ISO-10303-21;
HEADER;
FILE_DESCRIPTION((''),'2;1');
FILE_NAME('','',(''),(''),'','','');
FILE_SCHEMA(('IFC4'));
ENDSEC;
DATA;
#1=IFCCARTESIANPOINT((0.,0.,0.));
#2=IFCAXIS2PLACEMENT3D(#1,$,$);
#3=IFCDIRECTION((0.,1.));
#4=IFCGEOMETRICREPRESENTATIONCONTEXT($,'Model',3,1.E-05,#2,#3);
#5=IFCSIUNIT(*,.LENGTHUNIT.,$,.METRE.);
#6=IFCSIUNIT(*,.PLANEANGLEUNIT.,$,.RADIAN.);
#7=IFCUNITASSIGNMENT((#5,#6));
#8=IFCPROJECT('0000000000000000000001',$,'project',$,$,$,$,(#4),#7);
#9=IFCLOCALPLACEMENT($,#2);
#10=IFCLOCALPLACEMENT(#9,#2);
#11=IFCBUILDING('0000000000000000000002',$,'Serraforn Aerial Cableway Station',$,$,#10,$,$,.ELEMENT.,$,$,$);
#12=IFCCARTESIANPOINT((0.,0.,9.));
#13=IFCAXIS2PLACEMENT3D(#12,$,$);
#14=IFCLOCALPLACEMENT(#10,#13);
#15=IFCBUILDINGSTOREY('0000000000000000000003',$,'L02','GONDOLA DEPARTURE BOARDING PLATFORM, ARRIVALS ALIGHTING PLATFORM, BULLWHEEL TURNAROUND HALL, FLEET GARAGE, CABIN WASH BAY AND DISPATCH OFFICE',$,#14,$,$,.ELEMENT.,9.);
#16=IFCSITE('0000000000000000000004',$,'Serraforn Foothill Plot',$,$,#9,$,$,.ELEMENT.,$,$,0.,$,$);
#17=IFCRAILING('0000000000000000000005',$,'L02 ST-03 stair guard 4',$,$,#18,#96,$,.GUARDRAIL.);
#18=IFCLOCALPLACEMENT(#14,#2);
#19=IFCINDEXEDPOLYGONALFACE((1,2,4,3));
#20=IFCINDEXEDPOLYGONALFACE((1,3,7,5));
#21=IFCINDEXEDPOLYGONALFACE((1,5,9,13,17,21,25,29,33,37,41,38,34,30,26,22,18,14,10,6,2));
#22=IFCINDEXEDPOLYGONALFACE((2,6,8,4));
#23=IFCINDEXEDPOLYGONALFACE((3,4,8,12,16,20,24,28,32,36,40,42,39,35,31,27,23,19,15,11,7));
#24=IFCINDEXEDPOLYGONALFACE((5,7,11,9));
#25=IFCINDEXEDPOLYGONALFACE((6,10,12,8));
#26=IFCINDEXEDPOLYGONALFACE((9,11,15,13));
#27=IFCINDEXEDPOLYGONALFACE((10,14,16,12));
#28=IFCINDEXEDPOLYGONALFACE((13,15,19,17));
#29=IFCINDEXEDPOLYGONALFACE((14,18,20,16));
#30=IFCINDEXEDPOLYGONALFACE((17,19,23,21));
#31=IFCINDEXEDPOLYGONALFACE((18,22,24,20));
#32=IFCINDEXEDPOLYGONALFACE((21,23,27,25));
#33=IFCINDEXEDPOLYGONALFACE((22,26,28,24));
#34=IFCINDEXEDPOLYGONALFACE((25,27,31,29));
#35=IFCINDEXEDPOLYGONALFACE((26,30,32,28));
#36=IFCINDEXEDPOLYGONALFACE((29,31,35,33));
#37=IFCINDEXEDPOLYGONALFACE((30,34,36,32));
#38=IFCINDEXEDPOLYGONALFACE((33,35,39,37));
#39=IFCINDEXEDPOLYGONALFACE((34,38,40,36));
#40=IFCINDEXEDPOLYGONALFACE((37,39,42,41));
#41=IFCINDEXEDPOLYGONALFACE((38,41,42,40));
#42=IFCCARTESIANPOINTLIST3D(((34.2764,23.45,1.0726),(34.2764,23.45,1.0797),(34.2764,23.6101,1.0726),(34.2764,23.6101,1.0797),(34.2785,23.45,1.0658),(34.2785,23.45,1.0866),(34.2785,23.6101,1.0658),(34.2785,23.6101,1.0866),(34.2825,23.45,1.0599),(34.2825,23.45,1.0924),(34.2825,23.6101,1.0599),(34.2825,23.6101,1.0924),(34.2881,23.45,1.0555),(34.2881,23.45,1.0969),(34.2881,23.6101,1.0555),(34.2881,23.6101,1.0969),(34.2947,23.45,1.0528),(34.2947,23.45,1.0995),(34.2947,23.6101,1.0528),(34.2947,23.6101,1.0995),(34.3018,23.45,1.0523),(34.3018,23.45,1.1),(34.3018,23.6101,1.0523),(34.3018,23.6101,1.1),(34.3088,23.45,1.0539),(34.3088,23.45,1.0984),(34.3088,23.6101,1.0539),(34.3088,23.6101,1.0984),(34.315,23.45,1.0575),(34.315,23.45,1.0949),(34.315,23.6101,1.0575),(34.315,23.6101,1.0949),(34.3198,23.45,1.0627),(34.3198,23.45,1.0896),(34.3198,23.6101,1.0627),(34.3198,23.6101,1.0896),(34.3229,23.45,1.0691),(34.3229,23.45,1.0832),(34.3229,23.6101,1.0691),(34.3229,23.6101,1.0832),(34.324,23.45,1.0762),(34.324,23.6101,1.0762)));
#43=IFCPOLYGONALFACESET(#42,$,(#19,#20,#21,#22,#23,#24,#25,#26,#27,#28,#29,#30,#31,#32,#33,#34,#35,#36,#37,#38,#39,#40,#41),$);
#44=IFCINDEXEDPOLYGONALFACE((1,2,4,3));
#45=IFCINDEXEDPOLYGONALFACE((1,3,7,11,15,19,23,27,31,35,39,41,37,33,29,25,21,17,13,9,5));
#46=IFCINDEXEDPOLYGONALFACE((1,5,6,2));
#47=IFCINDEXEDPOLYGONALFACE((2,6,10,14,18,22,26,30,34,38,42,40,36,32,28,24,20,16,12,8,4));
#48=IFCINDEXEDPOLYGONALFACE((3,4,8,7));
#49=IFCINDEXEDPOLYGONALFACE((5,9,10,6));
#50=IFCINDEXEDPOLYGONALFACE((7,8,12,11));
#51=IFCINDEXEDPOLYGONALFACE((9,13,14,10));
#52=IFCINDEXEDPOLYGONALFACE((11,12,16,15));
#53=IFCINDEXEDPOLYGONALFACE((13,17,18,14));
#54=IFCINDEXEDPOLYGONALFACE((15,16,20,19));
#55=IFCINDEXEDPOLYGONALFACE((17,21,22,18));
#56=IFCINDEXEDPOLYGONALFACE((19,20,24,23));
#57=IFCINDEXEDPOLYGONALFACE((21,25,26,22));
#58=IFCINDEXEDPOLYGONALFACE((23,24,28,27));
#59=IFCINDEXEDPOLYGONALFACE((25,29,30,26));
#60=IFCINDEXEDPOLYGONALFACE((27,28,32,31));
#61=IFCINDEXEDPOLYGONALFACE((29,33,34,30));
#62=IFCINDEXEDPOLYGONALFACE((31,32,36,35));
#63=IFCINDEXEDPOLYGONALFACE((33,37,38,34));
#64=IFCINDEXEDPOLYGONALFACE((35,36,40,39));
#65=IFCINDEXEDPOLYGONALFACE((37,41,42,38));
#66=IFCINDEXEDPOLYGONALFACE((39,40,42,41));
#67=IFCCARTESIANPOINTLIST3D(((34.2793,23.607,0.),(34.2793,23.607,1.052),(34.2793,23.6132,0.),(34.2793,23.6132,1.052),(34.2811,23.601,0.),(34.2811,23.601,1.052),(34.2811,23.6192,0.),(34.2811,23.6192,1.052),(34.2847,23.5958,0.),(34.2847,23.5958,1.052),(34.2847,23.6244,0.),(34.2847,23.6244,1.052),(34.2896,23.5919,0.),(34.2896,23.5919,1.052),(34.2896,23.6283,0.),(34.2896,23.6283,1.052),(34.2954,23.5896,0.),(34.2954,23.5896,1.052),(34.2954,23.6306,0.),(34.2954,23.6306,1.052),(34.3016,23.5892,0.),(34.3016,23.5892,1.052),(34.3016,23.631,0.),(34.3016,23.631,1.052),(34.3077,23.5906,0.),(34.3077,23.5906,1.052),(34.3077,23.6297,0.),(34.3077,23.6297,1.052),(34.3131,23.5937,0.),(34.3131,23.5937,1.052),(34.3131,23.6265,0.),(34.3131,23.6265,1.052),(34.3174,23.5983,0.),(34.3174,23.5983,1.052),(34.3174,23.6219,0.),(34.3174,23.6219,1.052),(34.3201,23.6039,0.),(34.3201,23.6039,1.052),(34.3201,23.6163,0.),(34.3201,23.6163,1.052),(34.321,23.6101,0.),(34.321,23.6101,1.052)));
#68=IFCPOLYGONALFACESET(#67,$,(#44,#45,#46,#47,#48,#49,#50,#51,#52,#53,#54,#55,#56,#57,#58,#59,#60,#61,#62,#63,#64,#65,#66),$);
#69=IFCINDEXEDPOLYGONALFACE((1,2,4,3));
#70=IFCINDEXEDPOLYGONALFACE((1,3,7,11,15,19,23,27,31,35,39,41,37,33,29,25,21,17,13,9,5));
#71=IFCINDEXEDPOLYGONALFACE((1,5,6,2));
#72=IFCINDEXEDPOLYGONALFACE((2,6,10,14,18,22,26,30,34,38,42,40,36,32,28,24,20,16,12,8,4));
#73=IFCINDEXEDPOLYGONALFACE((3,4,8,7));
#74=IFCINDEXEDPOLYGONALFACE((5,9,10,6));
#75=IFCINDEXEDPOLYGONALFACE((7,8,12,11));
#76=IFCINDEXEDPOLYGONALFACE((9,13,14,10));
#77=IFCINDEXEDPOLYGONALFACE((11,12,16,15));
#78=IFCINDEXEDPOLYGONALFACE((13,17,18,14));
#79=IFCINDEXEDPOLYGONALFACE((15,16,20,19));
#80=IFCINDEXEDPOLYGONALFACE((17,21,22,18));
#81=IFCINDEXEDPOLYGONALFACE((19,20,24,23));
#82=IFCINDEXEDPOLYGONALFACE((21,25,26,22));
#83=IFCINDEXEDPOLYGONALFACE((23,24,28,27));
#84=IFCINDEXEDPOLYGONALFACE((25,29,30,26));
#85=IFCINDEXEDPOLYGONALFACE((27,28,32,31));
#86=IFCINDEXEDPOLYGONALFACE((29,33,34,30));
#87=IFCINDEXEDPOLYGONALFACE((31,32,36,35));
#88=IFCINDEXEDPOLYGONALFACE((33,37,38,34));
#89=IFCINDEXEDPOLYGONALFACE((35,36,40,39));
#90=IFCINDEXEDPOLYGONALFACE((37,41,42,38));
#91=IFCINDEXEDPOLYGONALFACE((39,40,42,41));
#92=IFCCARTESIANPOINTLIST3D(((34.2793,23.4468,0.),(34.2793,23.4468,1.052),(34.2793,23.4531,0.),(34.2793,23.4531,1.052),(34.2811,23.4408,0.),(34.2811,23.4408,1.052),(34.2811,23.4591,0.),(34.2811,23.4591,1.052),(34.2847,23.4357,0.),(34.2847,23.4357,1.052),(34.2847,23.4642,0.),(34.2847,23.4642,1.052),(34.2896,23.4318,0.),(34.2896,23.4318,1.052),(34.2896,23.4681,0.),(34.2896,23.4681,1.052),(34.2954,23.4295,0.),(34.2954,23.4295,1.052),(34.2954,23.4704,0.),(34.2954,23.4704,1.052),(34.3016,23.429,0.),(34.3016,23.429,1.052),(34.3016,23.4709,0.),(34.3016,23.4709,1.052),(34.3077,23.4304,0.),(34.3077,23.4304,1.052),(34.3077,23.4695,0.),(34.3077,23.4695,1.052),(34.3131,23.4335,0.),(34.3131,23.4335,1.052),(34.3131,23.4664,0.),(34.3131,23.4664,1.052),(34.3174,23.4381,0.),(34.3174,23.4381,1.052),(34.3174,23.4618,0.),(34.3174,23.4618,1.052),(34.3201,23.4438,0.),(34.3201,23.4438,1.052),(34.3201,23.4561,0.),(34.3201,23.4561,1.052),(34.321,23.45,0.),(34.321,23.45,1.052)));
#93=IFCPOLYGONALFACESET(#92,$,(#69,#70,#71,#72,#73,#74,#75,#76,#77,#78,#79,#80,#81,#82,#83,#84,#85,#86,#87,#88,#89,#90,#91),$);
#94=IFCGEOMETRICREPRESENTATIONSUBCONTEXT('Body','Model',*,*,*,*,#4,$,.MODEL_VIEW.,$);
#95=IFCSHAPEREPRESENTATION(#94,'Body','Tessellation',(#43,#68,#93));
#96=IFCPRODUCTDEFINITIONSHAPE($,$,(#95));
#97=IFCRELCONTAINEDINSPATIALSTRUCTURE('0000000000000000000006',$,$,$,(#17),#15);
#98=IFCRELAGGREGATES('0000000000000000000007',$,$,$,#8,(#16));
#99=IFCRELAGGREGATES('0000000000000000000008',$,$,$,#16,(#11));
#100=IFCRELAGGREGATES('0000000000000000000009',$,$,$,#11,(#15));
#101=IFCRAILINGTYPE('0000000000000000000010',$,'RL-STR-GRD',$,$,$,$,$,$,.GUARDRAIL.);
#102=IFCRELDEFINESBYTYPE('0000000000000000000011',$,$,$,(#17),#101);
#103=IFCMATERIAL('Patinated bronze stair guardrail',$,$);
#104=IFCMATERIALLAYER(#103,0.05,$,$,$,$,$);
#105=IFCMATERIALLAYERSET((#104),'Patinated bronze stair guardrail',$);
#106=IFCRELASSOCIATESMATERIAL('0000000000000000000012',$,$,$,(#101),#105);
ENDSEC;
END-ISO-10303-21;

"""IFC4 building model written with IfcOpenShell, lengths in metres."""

from ifc_helpers import new_model, si_unit, direction, frame, origin, origin_2d, place, context, subcontext, project, spatial, circle, extrude, material, layer, layer_set, type_object, element, save


model = new_model("IFC4")

# Units and contexts
model_context = context("Model", 3, precision=1e-05, world=origin(), true_north=direction((0.0, 1.0)))
body_context = subcontext(model_context, "Body", "Model", "MODEL_VIEW")
ifc_project = project(units=[si_unit("LENGTHUNIT", "METRE"), si_unit("PLANEANGLEUNIT", "RADIAN")], contexts=[model_context])

# Site, building, storey
site_placement = place(None, origin())
site = spatial("IfcSite", under=ifc_project, at=site_placement, Name="Serraforn Foothill Plot", CompositionType="ELEMENT", RefElevation=0.0)
building_placement = place(site_placement, origin())
building = spatial("IfcBuilding", under=site, at=building_placement, Name="Serraforn Aerial Cableway Station", CompositionType="ELEMENT")
storey_placement = place(building_placement, frame((0.0, 0.0, 9.0)))
storey = spatial("IfcBuildingStorey", under=building, at=storey_placement, Name="L02", Description="GONDOLA DEPARTURE BOARDING PLATFORM, ARRIVALS ALIGHTING PLATFORM, BULLWHEEL TURNAROUND HALL, FLEET GARAGE, CABIN WASH BAY AND DISPATCH OFFICE", CompositionType="ELEMENT", Elevation=9.0)

# Railing
ifc_material_1 = material(Name="Patinated bronze stair guardrail")
ifc_layer_1 = layer(ifc_material_1, 0.05)
ifc_layer_set_1 = layer_set([ifc_layer_1], Name="Patinated bronze stair guardrail")
railing_type_1 = type_object("IfcRailingType", Name="RL-STR-GRD", PredefinedType="GUARDRAIL", material=ifc_layer_set_1)
railing_1_placement = place(storey_placement, frame((34.3, 23.6101, 0.0)))
element("IfcRailing", 1, at=railing_1_placement, inside=storey, type_object=railing_type_1, Name="L02 ST-03 stair guard 4", PredefinedType="GUARDRAIL", context=body_context, shape_type="SweptSolid", body=[
    extrude(circle(Radius=0.0239, at=origin_2d()), frame((0.0, 0.0, 1.0762), z_axis=(0.0, -1.0, 0.0), x_axis=(1.0, 0.0, 0.0)), (0.0, 0.0, 1.0), 0.1602),
    extrude(circle(Radius=0.021, at=origin_2d()), origin(), (0.0, 0.0, 1.0), 1.052),
    extrude(circle(Radius=0.021, at=origin_2d()), frame((0.0, -0.1602, 0.0)), (0.0, 0.0, 1.0), 1.052),
])

save(model, "model.ifc")
